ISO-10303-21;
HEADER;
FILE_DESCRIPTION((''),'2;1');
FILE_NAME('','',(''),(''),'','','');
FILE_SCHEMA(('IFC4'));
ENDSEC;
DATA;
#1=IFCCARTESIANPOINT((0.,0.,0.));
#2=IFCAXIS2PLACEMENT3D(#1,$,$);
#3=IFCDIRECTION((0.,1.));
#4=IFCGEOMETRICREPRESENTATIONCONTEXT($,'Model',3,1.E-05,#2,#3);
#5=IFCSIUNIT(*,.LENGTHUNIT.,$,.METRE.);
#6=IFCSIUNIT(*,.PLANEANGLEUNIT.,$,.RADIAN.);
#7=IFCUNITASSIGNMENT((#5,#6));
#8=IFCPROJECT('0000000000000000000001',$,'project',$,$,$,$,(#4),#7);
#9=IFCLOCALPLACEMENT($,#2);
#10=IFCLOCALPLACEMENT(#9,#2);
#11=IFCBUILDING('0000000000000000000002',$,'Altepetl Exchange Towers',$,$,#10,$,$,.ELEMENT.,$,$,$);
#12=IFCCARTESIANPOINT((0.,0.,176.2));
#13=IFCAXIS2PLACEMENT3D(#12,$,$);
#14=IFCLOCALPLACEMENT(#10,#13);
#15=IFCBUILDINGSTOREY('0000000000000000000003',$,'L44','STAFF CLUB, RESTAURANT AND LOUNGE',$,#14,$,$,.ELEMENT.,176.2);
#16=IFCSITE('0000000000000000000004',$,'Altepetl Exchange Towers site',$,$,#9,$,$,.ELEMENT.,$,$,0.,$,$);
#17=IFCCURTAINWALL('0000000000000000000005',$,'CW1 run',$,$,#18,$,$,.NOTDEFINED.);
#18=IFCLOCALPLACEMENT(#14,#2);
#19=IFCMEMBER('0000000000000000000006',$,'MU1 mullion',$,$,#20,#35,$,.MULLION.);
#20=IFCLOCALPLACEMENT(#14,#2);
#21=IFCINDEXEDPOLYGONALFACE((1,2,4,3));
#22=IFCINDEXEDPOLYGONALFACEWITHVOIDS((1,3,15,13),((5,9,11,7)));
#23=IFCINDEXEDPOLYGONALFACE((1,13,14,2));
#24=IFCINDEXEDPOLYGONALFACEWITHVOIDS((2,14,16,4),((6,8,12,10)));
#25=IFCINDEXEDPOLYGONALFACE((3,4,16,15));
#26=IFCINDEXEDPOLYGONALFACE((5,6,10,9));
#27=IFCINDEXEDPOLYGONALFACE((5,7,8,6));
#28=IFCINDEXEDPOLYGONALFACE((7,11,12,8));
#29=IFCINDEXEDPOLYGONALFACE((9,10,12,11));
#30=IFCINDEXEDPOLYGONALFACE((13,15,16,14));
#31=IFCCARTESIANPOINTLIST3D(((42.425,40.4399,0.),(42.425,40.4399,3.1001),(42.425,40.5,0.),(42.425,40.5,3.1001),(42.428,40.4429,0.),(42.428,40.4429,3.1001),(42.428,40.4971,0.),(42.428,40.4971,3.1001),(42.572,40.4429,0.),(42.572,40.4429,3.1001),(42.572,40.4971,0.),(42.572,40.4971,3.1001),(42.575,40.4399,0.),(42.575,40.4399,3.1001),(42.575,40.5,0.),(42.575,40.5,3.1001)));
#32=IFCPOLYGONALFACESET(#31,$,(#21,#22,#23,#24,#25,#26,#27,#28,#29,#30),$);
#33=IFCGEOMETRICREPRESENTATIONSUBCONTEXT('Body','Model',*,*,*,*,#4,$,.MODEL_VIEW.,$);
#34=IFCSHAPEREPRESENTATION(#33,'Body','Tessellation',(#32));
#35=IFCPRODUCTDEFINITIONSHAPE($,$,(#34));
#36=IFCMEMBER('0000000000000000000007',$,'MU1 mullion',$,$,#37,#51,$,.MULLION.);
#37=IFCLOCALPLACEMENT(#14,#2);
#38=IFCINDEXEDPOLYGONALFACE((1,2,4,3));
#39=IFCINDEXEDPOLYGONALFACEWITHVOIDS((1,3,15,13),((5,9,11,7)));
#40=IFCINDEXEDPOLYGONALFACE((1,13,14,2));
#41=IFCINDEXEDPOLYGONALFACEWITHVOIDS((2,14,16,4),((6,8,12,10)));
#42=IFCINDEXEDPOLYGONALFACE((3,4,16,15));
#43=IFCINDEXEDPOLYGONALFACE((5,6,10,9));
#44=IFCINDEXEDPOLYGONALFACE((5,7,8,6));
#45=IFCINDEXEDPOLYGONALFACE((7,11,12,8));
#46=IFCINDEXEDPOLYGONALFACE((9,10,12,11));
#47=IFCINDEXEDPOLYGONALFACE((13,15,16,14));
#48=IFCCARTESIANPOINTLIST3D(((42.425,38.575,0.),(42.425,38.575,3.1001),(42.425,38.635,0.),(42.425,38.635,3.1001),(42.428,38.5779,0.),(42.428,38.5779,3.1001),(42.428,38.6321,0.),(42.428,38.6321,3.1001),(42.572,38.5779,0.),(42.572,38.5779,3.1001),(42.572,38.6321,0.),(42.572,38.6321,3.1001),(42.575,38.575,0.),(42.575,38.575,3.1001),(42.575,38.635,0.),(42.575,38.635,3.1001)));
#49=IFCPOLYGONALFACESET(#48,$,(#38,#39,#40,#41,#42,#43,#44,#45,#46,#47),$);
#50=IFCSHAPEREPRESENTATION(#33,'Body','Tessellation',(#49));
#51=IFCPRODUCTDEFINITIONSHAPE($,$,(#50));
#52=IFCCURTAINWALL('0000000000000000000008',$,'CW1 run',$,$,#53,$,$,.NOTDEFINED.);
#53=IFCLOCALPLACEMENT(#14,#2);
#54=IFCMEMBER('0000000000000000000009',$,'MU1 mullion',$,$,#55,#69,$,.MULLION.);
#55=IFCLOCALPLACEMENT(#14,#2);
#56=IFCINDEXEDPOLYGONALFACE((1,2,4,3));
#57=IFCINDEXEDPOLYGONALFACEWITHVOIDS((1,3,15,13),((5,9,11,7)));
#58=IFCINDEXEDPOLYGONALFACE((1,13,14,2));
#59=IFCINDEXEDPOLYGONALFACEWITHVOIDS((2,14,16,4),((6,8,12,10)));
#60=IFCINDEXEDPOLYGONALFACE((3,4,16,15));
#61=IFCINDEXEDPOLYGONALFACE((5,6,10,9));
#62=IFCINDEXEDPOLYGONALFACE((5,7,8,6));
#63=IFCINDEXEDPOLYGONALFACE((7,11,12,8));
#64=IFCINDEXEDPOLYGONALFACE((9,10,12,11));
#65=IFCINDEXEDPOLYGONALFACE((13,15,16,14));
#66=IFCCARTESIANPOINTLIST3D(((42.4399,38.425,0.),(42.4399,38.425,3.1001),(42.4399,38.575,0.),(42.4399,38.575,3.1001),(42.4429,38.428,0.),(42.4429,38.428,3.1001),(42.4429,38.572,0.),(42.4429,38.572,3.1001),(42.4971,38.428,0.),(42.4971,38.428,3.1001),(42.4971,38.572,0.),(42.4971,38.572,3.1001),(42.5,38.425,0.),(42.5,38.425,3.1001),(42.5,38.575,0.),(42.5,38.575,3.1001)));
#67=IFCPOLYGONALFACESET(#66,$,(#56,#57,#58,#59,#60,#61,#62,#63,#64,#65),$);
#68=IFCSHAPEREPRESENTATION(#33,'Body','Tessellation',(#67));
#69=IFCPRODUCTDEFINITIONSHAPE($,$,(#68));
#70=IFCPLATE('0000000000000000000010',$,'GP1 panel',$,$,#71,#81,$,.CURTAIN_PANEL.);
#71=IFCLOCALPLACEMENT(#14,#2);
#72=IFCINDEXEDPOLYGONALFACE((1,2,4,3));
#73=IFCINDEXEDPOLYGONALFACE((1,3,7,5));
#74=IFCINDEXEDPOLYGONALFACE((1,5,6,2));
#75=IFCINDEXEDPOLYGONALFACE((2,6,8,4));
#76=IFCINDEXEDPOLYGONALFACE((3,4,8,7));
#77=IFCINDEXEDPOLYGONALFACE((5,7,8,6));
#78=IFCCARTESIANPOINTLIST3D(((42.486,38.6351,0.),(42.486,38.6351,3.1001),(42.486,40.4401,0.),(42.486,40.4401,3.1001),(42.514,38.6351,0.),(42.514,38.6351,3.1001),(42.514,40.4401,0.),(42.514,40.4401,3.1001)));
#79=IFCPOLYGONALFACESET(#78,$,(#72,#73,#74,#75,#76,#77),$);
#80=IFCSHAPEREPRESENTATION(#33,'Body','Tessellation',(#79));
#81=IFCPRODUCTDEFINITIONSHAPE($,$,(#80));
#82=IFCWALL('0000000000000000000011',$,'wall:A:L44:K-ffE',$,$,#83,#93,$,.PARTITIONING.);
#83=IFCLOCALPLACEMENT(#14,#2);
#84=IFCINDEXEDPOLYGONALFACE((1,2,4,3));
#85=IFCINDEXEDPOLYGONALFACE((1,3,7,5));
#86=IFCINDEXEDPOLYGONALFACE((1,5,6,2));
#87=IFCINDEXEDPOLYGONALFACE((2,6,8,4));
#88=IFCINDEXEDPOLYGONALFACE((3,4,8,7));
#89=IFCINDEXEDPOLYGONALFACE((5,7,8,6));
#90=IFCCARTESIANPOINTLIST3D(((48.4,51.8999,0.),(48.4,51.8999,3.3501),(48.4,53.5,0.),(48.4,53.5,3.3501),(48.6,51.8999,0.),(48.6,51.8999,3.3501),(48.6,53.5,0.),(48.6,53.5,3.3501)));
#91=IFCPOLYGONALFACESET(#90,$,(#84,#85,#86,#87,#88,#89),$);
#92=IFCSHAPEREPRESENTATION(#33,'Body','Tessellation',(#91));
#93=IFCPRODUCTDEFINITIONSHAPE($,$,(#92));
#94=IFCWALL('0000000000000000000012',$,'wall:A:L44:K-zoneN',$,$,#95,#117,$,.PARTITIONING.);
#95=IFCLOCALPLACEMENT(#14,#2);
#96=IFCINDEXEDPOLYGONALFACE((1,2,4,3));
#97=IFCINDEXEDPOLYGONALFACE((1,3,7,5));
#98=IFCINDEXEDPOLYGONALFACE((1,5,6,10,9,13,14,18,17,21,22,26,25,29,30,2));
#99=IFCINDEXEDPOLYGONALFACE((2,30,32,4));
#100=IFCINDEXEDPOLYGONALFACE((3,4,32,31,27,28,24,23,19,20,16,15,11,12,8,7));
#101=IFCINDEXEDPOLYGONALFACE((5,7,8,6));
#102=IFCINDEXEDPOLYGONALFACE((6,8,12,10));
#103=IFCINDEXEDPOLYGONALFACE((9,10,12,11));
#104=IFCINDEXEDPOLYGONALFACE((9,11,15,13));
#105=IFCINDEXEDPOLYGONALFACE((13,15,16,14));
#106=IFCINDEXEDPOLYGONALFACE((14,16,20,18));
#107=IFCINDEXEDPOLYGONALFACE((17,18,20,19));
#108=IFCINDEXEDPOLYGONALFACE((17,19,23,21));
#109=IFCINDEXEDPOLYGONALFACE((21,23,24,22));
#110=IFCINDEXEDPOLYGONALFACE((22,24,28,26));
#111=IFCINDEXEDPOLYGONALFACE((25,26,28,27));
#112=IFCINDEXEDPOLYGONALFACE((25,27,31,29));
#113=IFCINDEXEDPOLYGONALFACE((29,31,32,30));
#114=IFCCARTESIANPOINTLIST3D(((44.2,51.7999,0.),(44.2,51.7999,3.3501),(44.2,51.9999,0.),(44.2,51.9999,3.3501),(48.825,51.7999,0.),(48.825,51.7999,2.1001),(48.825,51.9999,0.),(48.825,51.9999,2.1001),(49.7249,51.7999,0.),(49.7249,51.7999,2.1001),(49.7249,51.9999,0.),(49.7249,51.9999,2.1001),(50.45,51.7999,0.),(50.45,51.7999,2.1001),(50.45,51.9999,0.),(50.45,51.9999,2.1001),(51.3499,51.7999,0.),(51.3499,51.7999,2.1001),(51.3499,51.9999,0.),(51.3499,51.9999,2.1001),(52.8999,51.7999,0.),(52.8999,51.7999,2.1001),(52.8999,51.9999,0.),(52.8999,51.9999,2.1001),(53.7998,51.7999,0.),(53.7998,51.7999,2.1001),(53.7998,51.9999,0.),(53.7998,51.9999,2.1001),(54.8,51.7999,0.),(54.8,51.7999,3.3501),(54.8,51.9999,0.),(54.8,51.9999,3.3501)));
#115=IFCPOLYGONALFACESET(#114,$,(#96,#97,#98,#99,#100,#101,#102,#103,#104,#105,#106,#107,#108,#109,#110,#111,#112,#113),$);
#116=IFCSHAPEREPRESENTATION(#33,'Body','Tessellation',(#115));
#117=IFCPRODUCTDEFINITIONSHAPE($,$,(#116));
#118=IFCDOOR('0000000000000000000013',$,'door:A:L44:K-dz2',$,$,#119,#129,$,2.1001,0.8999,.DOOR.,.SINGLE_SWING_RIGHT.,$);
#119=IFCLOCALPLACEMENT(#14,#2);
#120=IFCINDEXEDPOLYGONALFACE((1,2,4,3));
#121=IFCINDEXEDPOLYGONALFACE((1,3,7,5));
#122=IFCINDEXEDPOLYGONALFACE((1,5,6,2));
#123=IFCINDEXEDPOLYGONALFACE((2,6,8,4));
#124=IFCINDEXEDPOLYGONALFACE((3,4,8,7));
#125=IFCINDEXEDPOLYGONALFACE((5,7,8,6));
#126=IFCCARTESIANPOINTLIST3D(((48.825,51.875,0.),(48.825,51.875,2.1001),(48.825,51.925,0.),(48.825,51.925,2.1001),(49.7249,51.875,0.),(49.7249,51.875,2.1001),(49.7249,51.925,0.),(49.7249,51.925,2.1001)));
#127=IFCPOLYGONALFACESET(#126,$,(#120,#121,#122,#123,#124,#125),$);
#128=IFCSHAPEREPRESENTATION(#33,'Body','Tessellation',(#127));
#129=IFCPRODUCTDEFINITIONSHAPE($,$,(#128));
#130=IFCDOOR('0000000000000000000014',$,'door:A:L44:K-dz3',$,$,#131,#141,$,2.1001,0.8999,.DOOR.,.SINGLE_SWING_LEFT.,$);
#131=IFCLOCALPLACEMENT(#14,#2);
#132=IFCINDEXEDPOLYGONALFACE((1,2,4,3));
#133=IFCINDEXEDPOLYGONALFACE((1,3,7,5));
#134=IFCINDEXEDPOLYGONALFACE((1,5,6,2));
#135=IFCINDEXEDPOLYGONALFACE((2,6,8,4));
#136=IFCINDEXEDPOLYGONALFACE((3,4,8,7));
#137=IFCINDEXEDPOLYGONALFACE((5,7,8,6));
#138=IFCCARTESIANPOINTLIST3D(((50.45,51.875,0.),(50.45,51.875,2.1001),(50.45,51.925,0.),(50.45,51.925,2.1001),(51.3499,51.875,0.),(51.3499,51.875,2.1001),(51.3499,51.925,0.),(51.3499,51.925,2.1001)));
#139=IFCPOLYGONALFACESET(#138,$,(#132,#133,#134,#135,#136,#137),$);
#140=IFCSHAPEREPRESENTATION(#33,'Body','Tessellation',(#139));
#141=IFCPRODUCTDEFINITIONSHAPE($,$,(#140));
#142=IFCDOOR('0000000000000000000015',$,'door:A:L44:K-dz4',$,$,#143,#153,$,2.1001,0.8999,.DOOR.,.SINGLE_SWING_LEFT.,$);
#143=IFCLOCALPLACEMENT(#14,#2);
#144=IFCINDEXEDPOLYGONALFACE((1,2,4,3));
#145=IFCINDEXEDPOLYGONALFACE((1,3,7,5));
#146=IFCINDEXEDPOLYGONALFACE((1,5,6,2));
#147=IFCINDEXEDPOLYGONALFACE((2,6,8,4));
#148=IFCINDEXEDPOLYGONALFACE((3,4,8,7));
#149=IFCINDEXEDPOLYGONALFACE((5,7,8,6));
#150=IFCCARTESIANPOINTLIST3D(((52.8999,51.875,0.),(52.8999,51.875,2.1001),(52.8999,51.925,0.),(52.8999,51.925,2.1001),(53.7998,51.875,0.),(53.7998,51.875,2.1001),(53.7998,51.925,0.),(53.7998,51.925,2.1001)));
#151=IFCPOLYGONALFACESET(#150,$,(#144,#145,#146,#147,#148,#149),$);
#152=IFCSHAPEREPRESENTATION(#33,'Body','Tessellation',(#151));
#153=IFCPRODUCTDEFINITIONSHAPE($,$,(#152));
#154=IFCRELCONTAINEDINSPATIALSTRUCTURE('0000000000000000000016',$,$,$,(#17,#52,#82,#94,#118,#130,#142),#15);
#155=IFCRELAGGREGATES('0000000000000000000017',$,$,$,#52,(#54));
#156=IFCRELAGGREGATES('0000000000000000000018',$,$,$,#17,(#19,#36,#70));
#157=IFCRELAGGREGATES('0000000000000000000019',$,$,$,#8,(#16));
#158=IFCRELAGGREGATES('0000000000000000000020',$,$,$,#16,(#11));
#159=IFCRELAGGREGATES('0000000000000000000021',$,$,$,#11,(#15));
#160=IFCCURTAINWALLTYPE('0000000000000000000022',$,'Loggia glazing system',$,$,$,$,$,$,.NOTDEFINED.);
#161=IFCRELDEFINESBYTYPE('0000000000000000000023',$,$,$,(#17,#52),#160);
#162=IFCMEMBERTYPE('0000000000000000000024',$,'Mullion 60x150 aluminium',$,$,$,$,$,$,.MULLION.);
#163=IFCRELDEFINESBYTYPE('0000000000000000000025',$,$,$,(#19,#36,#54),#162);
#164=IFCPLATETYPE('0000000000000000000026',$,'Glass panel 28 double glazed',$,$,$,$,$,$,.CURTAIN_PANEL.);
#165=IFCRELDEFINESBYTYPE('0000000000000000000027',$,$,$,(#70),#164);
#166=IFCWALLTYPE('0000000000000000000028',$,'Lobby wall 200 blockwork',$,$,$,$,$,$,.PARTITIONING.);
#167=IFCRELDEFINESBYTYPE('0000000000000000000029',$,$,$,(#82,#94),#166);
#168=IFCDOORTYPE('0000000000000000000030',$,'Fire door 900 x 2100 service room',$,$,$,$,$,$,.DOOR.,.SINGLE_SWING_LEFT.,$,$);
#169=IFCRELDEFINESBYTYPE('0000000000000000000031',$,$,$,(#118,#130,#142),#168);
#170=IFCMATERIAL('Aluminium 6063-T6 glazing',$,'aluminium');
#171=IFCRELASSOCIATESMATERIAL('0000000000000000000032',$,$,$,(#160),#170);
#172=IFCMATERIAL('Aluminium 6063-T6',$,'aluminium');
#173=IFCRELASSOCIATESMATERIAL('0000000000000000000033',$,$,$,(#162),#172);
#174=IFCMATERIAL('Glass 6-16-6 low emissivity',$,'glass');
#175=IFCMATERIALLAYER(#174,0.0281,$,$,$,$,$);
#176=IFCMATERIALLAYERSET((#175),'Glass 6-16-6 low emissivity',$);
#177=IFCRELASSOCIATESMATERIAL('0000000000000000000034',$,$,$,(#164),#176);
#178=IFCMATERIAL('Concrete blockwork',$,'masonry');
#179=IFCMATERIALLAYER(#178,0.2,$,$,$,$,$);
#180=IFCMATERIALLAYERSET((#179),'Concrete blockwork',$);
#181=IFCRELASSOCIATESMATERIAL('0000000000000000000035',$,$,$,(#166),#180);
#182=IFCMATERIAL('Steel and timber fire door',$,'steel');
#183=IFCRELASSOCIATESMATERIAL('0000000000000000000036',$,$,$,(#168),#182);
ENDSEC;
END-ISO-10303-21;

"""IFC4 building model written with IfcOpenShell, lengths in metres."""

from ifc_helpers import new_model, si_unit, direction, frame, frame_2d, origin, origin_2d, place, context, subcontext, project, spatial, rectangle, hollow_rectangle, extrude, material, layer, layer_set, material_profile, profile_set, type_object, element, fill, aggregate, save


model = new_model("IFC4")

# Units and contexts
model_context = context("Model", 3, precision=1e-05, world=origin(), true_north=direction((0.0, 1.0)))
body_context = subcontext(model_context, "Body", "Model", "MODEL_VIEW")
ifc_project = project(units=[si_unit("LENGTHUNIT", "METRE"), si_unit("PLANEANGLEUNIT", "RADIAN")], contexts=[model_context])

# Site, building, storey
site_placement = place(None, origin())
site = spatial("IfcSite", under=ifc_project, at=site_placement, Name="Altepetl Exchange Towers site", CompositionType="ELEMENT", RefElevation=0.0)
building_placement = place(site_placement, origin())
building = spatial("IfcBuilding", under=site, at=building_placement, Name="Altepetl Exchange Towers", CompositionType="ELEMENT")
storey_placement = place(building_placement, frame((0.0, 0.0, 176.2)))
storey = spatial("IfcBuildingStorey", under=building, at=storey_placement, Name="L44", Description="STAFF CLUB, RESTAURANT AND LOUNGE", CompositionType="ELEMENT", Elevation=176.2)

# Curtain wall, members
ifc_material_1 = material(Name="Aluminium 6063-T6 glazing", Category="aluminium")
curtain_wall_type = type_object("IfcCurtainWallType", Name="Loggia glazing system", PredefinedType="NOTDEFINED", material=ifc_material_1)
curtain_wall_1_placement = place(storey_placement, origin())
curtain_wall_1 = element("IfcCurtainWall", 1, at=curtain_wall_1_placement, inside=storey, type_object=curtain_wall_type, Name="CW1 run", PredefinedType="NOTDEFINED")
ifc_material_2 = material(Name="Aluminium 6063-T6", Category="aluminium")
ifc_material_profile = material_profile(ifc_material_2, hollow_rectangle(XDim=0.0601, YDim=0.1499, WallThickness=0.0029, at=origin_2d()), Name="Mullion 60x150 aluminium")
ifc_profile_set = profile_set([ifc_material_profile], Name="Aluminium 6063-T6")
member_type = type_object("IfcMemberType", Name="Mullion 60x150 aluminium", PredefinedType="MULLION", material=ifc_profile_set)
member_1_placement = place(storey_placement, frame((42.5, 40.47, 0.0), z_axis=(0.0, 0.0, 1.0), x_axis=(0.0, -1.0, 0.0)))
member_1 = element("IfcMember", 2, at=member_1_placement, type_object=member_type, Name="MU1 mullion", PredefinedType="MULLION", context=body_context, shape_type="SweptSolid", body=[
    extrude(hollow_rectangle(XDim=0.0601, YDim=0.1499, WallThickness=0.0029, at=origin_2d()), origin(), (0.0, 0.0, 1.0), 3.1001),
])
member_2_placement = place(storey_placement, frame((42.5, 38.605, 0.0), z_axis=(0.0, 0.0, 1.0), x_axis=(0.0, -1.0, 0.0)))
member_2 = element("IfcMember", 3, at=member_2_placement, type_object=member_type, Name="MU1 mullion", PredefinedType="MULLION", context=body_context, shape_type="SweptSolid", body=[
    extrude(hollow_rectangle(XDim=0.0601, YDim=0.1499, WallThickness=0.0029, at=origin_2d()), origin(), (0.0, 0.0, 1.0), 3.1001),
])

# Curtain wall, member
curtain_wall_2_placement = place(storey_placement, origin())
curtain_wall_2 = element("IfcCurtainWall", 4, at=curtain_wall_2_placement, inside=storey, type_object=curtain_wall_type, Name="CW1 run", PredefinedType="NOTDEFINED")
member_3_placement = place(storey_placement, frame((42.47, 38.5, 0.0), z_axis=(0.0, 0.0, 1.0), x_axis=(-1.0, 0.0, 0.0)))
member_3 = element("IfcMember", 5, at=member_3_placement, type_object=member_type, Name="MU1 mullion", PredefinedType="MULLION", context=body_context, shape_type="SweptSolid", body=[
    extrude(hollow_rectangle(XDim=0.0601, YDim=0.1499, WallThickness=0.0029, at=origin_2d()), origin(), (0.0, 0.0, 1.0), 3.1001),
])
aggregate(curtain_wall_2, [member_3])

# Plate
ifc_material_3 = material(Name="Glass 6-16-6 low emissivity", Category="glass")
ifc_layer_1 = layer(ifc_material_3, 0.0281)
ifc_layer_set_1 = layer_set([ifc_layer_1], Name="Glass 6-16-6 low emissivity")
plate_type = type_object("IfcPlateType", Name="Glass panel 28 double glazed", PredefinedType="CURTAIN_PANEL", material=ifc_layer_set_1)
plate_placement = place(storey_placement, frame((42.5, 39.5376, 0.0), z_axis=(0.0, 0.0, 1.0), x_axis=(0.0, -1.0, 0.0)))
plate = element("IfcPlate", 6, at=plate_placement, type_object=plate_type, Name="GP1 panel", PredefinedType="CURTAIN_PANEL", context=body_context, shape_type="SweptSolid", body=[
    extrude(rectangle(XDim=1.8049, YDim=0.0281, at=origin_2d()), origin(), (0.0, 0.0, 1.0), 3.1001),
])
aggregate(curtain_wall_1, [member_1, member_2, plate])

# Wall
ifc_material_4 = material(Name="Concrete blockwork", Category="masonry")
ifc_layer_2 = layer(ifc_material_4, 0.2)
ifc_layer_set_2 = layer_set([ifc_layer_2], Name="Concrete blockwork")
wall_type_1 = type_object("IfcWallType", Name="Lobby wall 200 blockwork", PredefinedType="PARTITIONING", material=ifc_layer_set_2)
wall_1_placement = place(storey_placement, frame((48.5, 51.8999, 0.0), z_axis=(0.0, 0.0, 1.0), x_axis=(0.0, 1.0, 0.0)))
element("IfcWall", 7, at=wall_1_placement, inside=storey, type_object=wall_type_1, Name="wall:A:L44:K-ffE", PredefinedType="PARTITIONING", context=body_context, shape_type="SweptSolid", body=[
    extrude(rectangle(XDim=1.6001, YDim=0.2, at=frame_2d((0.8, 0.0))), origin(), (0.0, 0.0, 1.0), 3.3501),
])

# Wall, openings, doors
wall_2_placement = place(storey_placement, frame((44.2, 51.8999, 0.0)))
wall_2 = element("IfcWall", 8, at=wall_2_placement, inside=storey, type_object=wall_type_1, Name="wall:A:L44:K-zoneN", PredefinedType="PARTITIONING", context=body_context, shape_type="SweptSolid", body=[
    extrude(rectangle(XDim=10.6001, YDim=0.2, at=frame_2d((5.3, 0.0))), origin(), (0.0, 0.0, 1.0), 3.3501),
])
opening_1_placement = place(wall_2_placement, frame((4.625, 0.0, 0.0)))
opening_1 = element("IfcOpeningElement", 9, at=opening_1_placement, cuts=wall_2, PredefinedType="OPENING", context=body_context, shape_type="SweptSolid", body=[
    extrude(rectangle(XDim=0.8999, YDim=2.1001, at=frame_2d((0.45, 1.05))), frame((0.0, 0.1099, 0.0), z_axis=(0.0, -1.0, 0.0), x_axis=(1.0, 0.0, 0.0)), (0.0, 0.0, 1.0), 0.22),
])
opening_2_placement = place(wall_2_placement, frame((6.25, 0.0, 0.0)))
opening_2 = element("IfcOpeningElement", 10, at=opening_2_placement, cuts=wall_2, PredefinedType="OPENING", context=body_context, shape_type="SweptSolid", body=[
    extrude(rectangle(XDim=0.8999, YDim=2.1001, at=frame_2d((0.45, 1.05))), frame((0.0, 0.1099, 0.0), z_axis=(0.0, -1.0, 0.0), x_axis=(1.0, 0.0, 0.0)), (0.0, 0.0, 1.0), 0.22),
])
opening_3_placement = place(wall_2_placement, frame((8.7, 0.0, 0.0)))
opening_3 = element("IfcOpeningElement", 11, at=opening_3_placement, cuts=wall_2, PredefinedType="OPENING", context=body_context, shape_type="SweptSolid", body=[
    extrude(rectangle(XDim=0.8999, YDim=2.1001, at=frame_2d((0.45, 1.05))), frame((0.0, 0.1099, 0.0), z_axis=(0.0, -1.0, 0.0), x_axis=(1.0, 0.0, 0.0)), (0.0, 0.0, 1.0), 0.22),
])
ifc_material_5 = material(Name="Steel and timber fire door", Category="steel")
door_type = type_object("IfcDoorType", Name="Fire door 900 x 2100 service room", OperationType="SINGLE_SWING_LEFT", PredefinedType="DOOR", material=ifc_material_5)
door_1_placement = place(opening_1_placement, frame((0.8999, 0.0, 0.0), x_axis=(-1.0, 0.0, 0.0)))
door_1 = element("IfcDoor", 12, at=door_1_placement, inside=storey, type_object=door_type, Name="door:A:L44:K-dz2", OperationType="SINGLE_SWING_RIGHT", OverallHeight=2.1001, OverallWidth=0.8999, PredefinedType="DOOR", context=body_context, shape_type="SweptSolid", body=[
    extrude(rectangle(XDim=0.8999, YDim=2.1001, at=frame_2d((0.45, 1.05))), frame((0.0, 0.0249, 0.0), z_axis=(0.0, -1.0, 0.0), x_axis=(1.0, 0.0, 0.0)), (0.0, 0.0, 1.0), 0.05),
])
fill(opening_1, door_1)
door_2_placement = place(opening_2_placement, frame((0.8999, 0.0, 0.0), x_axis=(-1.0, 0.0, 0.0)))
door_2 = element("IfcDoor", 13, at=door_2_placement, inside=storey, type_object=door_type, Name="door:A:L44:K-dz3", OperationType="SINGLE_SWING_LEFT", OverallHeight=2.1001, OverallWidth=0.8999, PredefinedType="DOOR", context=body_context, shape_type="SweptSolid", body=[
    extrude(rectangle(XDim=0.8999, YDim=2.1001, at=frame_2d((0.45, 1.05))), frame((0.0, 0.0249, 0.0), z_axis=(0.0, -1.0, 0.0), x_axis=(1.0, 0.0, 0.0)), (0.0, 0.0, 1.0), 0.05),
])
fill(opening_2, door_2)
door_3_placement = place(opening_3_placement, frame((0.8999, 0.0, 0.0), x_axis=(-1.0, 0.0, 0.0)))
door_3 = element("IfcDoor", 14, at=door_3_placement, inside=storey, type_object=door_type, Name="door:A:L44:K-dz4", OperationType="SINGLE_SWING_LEFT", OverallHeight=2.1001, OverallWidth=0.8999, PredefinedType="DOOR", context=body_context, shape_type="SweptSolid", body=[
    extrude(rectangle(XDim=0.8999, YDim=2.1001, at=frame_2d((0.45, 1.05))), frame((0.0, 0.0249, 0.0), z_axis=(0.0, -1.0, 0.0), x_axis=(1.0, 0.0, 0.0)), (0.0, 0.0, 1.0), 0.05),
])
fill(opening_3, door_3)

save(model, "model.ifc")
